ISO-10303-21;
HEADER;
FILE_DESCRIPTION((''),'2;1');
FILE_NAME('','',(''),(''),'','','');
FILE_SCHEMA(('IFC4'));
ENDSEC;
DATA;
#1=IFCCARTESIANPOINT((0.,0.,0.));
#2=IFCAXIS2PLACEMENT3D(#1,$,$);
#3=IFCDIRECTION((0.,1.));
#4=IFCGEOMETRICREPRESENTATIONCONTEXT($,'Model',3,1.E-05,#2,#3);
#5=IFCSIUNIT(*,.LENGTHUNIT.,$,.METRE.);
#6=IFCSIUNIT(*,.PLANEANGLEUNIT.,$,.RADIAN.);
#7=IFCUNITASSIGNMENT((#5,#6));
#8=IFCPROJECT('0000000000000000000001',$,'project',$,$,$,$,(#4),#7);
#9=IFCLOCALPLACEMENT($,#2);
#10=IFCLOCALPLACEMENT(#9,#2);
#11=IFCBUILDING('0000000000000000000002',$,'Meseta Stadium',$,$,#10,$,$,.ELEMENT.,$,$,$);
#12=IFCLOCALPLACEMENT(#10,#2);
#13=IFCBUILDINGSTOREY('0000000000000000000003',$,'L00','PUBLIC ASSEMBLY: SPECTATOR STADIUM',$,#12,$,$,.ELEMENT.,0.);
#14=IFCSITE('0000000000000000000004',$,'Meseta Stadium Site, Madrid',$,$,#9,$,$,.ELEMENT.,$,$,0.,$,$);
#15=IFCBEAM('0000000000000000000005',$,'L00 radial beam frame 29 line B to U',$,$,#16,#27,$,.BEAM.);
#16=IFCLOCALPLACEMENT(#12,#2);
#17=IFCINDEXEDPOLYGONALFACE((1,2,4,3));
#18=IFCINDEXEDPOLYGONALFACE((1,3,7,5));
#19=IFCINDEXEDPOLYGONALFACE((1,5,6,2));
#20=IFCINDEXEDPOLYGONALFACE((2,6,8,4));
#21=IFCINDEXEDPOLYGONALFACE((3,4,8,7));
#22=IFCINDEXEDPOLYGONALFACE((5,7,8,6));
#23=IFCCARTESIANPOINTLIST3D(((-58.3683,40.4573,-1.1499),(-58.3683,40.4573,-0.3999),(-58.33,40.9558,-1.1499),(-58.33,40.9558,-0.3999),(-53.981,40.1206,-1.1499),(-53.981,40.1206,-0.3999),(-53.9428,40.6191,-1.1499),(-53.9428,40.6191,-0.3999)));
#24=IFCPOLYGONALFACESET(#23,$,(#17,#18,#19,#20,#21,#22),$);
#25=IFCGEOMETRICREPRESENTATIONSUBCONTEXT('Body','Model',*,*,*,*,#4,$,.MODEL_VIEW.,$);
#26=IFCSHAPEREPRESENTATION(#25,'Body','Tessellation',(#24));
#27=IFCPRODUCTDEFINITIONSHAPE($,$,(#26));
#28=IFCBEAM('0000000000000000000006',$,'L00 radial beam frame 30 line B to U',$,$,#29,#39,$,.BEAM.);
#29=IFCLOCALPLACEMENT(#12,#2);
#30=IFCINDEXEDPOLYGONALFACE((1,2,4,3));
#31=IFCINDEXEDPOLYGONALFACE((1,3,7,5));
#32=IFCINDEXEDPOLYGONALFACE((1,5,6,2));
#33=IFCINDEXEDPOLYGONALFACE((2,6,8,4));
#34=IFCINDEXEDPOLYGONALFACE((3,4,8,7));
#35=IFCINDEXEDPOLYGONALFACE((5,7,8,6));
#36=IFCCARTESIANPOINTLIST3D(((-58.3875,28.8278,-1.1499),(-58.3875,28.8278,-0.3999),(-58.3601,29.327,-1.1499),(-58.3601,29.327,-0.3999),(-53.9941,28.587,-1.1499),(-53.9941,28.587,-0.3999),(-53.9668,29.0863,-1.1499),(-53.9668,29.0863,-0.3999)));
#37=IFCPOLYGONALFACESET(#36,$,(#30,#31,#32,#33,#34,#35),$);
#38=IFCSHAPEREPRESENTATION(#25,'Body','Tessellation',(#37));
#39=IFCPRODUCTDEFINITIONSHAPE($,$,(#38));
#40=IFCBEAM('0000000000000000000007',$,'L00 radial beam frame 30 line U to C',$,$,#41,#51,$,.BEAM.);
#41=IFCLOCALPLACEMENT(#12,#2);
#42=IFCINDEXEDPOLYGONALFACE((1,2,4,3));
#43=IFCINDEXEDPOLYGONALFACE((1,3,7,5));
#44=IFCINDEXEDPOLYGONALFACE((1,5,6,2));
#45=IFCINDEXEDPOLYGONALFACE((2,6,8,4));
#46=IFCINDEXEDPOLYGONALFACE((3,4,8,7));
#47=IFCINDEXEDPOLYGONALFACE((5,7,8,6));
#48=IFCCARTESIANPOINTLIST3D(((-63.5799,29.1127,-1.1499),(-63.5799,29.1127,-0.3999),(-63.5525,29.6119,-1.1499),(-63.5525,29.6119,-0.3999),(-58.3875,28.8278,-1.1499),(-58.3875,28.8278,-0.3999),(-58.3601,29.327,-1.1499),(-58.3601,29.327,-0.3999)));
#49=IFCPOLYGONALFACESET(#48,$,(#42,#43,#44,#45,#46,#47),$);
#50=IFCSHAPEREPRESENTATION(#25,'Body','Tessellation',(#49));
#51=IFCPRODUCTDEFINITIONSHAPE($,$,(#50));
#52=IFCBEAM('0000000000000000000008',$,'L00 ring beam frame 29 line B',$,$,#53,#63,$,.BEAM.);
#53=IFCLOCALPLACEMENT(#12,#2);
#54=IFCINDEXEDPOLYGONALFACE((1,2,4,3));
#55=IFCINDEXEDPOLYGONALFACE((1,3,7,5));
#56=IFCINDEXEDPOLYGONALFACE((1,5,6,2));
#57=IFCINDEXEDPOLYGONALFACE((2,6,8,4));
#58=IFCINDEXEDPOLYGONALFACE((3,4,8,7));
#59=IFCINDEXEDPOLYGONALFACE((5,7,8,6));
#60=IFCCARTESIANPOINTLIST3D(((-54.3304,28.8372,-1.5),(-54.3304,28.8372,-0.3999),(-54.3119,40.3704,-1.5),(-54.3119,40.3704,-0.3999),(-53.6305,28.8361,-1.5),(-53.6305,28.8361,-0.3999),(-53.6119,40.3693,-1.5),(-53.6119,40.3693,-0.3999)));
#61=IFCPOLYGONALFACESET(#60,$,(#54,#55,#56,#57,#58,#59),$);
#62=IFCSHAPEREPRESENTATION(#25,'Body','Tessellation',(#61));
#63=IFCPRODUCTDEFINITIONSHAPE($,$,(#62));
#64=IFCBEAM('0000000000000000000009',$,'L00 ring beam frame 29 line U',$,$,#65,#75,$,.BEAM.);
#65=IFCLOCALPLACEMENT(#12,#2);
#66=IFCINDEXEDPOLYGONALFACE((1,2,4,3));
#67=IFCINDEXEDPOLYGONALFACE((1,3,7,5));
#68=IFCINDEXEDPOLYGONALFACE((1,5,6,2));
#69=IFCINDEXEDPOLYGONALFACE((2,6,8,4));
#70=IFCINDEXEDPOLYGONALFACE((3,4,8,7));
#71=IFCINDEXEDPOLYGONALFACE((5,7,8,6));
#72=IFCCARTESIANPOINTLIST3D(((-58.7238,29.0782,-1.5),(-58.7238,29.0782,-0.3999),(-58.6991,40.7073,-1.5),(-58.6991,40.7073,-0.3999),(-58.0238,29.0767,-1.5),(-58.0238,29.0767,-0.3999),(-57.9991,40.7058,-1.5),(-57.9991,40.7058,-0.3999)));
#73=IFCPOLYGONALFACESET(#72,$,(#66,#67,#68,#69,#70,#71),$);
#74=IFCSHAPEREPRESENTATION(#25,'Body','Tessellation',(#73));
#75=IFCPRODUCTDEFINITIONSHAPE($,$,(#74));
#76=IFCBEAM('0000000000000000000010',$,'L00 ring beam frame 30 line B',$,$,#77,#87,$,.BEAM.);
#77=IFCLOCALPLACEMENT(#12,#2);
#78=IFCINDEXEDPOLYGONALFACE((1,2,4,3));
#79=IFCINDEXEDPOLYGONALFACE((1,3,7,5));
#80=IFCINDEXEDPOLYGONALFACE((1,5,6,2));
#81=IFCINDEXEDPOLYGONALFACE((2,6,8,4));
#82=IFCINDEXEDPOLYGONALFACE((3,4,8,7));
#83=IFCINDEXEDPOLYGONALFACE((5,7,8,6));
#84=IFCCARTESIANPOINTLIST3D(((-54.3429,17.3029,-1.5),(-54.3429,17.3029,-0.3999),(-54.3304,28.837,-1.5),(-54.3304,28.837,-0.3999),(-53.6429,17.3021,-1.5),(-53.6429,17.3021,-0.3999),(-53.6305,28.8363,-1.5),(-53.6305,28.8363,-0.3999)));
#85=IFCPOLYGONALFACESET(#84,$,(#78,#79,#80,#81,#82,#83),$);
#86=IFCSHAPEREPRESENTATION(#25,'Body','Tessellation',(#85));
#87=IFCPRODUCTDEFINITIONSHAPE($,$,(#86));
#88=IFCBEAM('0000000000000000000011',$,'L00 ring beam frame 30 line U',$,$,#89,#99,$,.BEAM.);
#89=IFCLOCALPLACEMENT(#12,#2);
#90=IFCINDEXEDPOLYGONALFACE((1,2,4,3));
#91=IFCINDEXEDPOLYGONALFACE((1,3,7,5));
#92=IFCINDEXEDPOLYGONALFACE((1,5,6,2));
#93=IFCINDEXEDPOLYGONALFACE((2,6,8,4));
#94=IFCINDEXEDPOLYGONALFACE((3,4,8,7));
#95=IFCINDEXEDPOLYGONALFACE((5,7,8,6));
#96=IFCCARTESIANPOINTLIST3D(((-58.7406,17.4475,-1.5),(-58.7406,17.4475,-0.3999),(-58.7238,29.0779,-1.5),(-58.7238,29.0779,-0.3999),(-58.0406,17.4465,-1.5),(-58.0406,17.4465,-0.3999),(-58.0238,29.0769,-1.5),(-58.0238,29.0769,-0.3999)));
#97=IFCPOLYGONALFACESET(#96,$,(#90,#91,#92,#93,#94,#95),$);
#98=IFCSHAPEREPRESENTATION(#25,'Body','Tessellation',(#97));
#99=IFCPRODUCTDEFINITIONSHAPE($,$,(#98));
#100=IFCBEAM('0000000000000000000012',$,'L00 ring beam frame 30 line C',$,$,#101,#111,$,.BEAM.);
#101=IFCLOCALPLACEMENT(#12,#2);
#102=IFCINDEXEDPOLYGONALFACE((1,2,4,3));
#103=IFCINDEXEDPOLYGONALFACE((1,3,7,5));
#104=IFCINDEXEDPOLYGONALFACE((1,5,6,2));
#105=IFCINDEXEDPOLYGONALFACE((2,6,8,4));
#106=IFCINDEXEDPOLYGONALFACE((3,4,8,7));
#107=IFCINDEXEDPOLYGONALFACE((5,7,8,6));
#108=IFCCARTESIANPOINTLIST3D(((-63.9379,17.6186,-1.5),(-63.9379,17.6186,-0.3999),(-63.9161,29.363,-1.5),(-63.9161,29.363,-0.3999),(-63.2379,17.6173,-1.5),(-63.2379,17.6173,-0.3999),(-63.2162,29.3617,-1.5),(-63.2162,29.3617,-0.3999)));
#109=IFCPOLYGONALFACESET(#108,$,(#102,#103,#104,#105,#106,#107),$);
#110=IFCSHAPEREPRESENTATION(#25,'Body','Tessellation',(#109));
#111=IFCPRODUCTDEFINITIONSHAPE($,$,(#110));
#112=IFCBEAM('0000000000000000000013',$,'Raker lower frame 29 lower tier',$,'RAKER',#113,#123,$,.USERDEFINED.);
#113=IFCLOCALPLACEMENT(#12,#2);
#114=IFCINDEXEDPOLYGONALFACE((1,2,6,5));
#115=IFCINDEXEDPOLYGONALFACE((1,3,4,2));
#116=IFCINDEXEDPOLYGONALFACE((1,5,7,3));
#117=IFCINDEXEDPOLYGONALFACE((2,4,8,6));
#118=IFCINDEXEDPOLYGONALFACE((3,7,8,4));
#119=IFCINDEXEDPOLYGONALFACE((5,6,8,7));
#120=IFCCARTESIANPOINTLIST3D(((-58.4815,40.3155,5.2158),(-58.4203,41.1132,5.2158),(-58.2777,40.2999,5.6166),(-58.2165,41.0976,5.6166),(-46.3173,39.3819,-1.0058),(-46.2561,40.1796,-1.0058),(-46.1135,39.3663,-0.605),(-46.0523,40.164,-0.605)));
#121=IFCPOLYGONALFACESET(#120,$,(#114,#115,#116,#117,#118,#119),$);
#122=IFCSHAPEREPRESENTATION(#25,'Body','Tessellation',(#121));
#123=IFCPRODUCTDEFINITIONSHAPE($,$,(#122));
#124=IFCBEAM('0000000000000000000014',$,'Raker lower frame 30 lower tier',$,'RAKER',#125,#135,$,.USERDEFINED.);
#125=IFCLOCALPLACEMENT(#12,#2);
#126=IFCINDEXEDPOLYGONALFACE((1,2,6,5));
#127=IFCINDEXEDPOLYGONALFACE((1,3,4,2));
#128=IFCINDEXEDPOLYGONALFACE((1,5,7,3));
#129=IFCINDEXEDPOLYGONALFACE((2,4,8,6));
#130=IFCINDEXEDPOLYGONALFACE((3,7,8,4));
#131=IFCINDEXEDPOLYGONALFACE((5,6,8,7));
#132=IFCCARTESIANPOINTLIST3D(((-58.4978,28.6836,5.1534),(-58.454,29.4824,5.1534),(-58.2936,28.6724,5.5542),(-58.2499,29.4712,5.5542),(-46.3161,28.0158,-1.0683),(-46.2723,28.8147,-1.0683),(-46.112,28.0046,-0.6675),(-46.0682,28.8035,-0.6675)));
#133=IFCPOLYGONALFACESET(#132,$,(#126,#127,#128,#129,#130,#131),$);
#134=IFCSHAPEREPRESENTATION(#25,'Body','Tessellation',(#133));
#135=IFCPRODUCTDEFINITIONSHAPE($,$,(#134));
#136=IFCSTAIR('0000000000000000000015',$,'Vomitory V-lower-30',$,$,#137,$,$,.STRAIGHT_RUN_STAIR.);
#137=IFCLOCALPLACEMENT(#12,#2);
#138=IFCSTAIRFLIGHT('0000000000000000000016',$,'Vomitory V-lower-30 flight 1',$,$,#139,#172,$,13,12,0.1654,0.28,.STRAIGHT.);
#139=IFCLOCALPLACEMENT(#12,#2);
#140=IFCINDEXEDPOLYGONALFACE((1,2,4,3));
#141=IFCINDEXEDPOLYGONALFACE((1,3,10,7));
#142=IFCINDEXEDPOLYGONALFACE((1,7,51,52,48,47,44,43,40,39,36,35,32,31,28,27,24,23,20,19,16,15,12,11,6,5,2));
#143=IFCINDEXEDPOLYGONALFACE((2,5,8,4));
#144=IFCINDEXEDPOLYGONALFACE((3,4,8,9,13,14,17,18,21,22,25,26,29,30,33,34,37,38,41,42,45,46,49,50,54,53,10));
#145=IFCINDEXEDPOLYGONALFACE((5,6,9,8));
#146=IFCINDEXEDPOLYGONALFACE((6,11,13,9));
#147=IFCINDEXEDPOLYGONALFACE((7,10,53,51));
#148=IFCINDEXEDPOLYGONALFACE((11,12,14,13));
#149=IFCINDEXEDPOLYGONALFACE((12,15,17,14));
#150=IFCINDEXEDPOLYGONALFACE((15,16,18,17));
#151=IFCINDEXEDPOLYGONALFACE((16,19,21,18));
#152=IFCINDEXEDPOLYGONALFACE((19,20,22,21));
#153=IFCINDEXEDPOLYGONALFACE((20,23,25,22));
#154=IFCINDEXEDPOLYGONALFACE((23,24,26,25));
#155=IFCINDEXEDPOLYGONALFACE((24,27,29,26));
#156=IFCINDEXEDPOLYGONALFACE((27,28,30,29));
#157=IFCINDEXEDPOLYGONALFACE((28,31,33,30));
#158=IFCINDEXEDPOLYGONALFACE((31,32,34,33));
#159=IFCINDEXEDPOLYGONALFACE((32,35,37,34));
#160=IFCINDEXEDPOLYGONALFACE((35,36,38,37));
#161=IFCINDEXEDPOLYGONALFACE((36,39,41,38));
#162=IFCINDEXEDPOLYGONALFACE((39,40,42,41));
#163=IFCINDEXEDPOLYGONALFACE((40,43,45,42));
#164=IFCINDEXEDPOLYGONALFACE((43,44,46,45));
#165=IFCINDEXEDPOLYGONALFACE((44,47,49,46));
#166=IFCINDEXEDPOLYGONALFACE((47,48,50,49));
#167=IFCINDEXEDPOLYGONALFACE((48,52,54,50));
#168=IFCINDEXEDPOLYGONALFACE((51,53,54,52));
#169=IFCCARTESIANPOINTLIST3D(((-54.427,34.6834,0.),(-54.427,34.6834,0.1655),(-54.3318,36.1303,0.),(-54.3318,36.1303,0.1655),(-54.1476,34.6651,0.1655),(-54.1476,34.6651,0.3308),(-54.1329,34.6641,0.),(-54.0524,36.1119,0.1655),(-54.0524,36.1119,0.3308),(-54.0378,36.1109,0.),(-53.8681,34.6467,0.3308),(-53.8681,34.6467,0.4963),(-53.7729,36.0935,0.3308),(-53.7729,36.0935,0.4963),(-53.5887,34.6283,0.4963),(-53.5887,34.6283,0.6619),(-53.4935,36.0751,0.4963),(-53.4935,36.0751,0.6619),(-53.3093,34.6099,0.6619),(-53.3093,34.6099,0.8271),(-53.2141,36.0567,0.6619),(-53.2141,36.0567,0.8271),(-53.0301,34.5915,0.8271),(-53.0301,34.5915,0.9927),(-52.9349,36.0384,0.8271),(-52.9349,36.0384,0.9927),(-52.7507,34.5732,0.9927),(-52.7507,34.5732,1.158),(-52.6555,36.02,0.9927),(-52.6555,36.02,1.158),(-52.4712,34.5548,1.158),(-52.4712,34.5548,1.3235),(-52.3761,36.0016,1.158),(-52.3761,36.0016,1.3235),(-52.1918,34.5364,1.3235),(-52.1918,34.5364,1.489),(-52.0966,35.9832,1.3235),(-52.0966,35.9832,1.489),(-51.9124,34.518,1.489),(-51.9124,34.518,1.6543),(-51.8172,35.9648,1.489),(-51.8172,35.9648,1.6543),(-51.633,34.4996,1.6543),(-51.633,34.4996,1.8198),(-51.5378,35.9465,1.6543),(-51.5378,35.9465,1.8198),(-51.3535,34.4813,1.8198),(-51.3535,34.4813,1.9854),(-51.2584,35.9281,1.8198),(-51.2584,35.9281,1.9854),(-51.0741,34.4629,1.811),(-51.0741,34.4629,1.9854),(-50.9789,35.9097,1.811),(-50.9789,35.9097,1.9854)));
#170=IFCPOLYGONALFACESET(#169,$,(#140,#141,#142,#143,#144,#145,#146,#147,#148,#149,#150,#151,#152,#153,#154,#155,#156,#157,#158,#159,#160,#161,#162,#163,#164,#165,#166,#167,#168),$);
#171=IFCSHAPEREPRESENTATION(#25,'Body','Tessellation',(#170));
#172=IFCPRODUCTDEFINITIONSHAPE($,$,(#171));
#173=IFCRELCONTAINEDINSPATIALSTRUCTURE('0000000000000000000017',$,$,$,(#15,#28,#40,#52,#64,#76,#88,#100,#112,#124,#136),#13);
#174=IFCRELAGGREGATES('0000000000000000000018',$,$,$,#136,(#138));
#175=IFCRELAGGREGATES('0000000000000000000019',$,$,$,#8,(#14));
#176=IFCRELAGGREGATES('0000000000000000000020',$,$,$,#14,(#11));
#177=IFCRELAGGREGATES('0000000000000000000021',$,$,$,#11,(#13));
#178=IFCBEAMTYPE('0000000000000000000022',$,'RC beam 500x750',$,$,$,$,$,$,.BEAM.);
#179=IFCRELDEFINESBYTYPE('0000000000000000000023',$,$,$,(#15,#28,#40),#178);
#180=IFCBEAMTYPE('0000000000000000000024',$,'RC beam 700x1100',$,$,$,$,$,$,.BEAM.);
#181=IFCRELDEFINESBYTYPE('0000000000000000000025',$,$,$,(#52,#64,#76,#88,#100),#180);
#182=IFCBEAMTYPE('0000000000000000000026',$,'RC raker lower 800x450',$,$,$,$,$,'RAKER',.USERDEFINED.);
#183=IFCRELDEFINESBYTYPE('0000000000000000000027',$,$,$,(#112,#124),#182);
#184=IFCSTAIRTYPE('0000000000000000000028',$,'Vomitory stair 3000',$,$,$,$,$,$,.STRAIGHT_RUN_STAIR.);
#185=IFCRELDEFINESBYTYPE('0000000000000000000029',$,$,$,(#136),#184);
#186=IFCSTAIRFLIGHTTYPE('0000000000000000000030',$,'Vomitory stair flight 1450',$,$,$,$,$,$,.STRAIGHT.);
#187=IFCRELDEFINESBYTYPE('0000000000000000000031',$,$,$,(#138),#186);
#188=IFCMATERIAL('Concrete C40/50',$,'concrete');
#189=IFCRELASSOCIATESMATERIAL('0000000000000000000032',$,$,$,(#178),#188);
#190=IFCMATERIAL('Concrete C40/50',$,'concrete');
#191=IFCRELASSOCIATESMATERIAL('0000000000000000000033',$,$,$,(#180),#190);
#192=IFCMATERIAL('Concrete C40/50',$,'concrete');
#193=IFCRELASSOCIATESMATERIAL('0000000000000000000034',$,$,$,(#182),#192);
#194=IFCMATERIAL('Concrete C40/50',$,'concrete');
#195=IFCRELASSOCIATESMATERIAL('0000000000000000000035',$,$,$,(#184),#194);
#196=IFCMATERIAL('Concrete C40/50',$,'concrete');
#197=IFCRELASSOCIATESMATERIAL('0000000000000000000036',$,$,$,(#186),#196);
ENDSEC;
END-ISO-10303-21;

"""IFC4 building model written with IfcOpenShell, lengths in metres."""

from ifc_helpers import new_model, si_unit, direction, frame, origin, origin_2d, place, context, subcontext, project, spatial, polyline, rectangle, outline, extrude, material, material_profile, profile_set, type_object, element, aggregate, save


model = new_model("IFC4")

# Units and contexts
model_context = context("Model", 3, precision=1e-05, world=origin(), true_north=direction((0.0, 1.0)))
body_context = subcontext(model_context, "Body", "Model", "MODEL_VIEW")
ifc_project = project(units=[si_unit("LENGTHUNIT", "METRE"), si_unit("PLANEANGLEUNIT", "RADIAN")], contexts=[model_context])

# Site, building, storey
site_placement = place(None, origin())
site = spatial("IfcSite", under=ifc_project, at=site_placement, Name="Meseta Stadium Site, Madrid", CompositionType="ELEMENT", RefElevation=0.0)
building_placement = place(site_placement, origin())
building = spatial("IfcBuilding", under=site, at=building_placement, Name="Meseta Stadium", CompositionType="ELEMENT")
storey_placement = place(building_placement, origin())
storey = spatial("IfcBuildingStorey", under=building, at=storey_placement, Name="L00", Description="PUBLIC ASSEMBLY: SPECTATOR STADIUM", CompositionType="ELEMENT", Elevation=0.0)

# Beams
ifc_material_1 = material(Name="Concrete C40/50", Category="concrete")
ifc_material_profile_1 = material_profile(ifc_material_1, rectangle(XDim=0.5, YDim=0.75, at=origin_2d()), Name="RC 500x750")
ifc_profile_set_1 = profile_set([ifc_material_profile_1], Name="Concrete C40/50")
beam_type_1 = type_object("IfcBeamType", Name="RC beam 500x750", PredefinedType="BEAM", material=ifc_profile_set_1)
beam_1_placement = place(storey_placement, frame((-53.9619, 40.3699, -0.7749), z_axis=(-0.997069, 0.076514, 0.0), x_axis=(-0.076514, -0.997069, 0.0)))
element("IfcBeam", 1, at=beam_1_placement, inside=storey, type_object=beam_type_1, Name="L00 radial beam frame 29 line B to U", PredefinedType="BEAM", context=body_context, shape_type="SweptSolid", body=[
    extrude(rectangle(XDim=0.5, YDim=0.75, at=origin_2d()), origin(), (0.0, 0.0, 1.0), 4.4001),
])
beam_2_placement = place(storey_placement, frame((-53.9805, 28.8367, -0.7749), z_axis=(-0.998502, 0.054711, 0.0), x_axis=(-0.054711, -0.998502, 0.0)))
element("IfcBeam", 2, at=beam_2_placement, inside=storey, type_object=beam_type_1, Name="L00 radial beam frame 30 line B to U", PredefinedType="BEAM", context=body_context, shape_type="SweptSolid", body=[
    extrude(rectangle(XDim=0.5, YDim=0.75, at=origin_2d()), origin(), (0.0, 0.0, 1.0), 4.3999),
])
beam_3_placement = place(storey_placement, frame((-58.3738, 29.0774, -0.7749), z_axis=(-0.998498, 0.054789, 0.0), x_axis=(-0.054789, -0.998498, 0.0)))
element("IfcBeam", 3, at=beam_3_placement, inside=storey, type_object=beam_type_1, Name="L00 radial beam frame 30 line U to C", PredefinedType="BEAM", context=body_context, shape_type="SweptSolid", body=[
    extrude(rectangle(XDim=0.5, YDim=0.75, at=origin_2d()), origin(), (0.0, 0.0, 1.0), 5.2002),
])
ifc_material_2 = material(Name="Concrete C40/50", Category="concrete")
ifc_material_profile_2 = material_profile(ifc_material_2, rectangle(XDim=0.7, YDim=1.1001, at=origin_2d()), Name="RC 700x1100")
ifc_profile_set_2 = profile_set([ifc_material_profile_2], Name="Concrete C40/50")
beam_type_2 = type_object("IfcBeamType", Name="RC beam 700x1100", PredefinedType="BEAM", material=ifc_profile_set_2)
beam_4_placement = place(storey_placement, frame((-53.9619, 40.3699, -0.95), z_axis=(-0.001609, -0.999999, 0.0), x_axis=(0.999999, -0.001609, 0.0)))
element("IfcBeam", 4, at=beam_4_placement, inside=storey, type_object=beam_type_2, Name="L00 ring beam frame 29 line B", PredefinedType="BEAM", context=body_context, shape_type="SweptSolid", body=[
    extrude(rectangle(XDim=0.7, YDim=1.1001, at=origin_2d()), origin(), (0.0, 0.0, 1.0), 11.5332),
])
beam_5_placement = place(storey_placement, frame((-58.3491, 40.7065, -0.95), z_axis=(-0.00212, -0.999998, 0.0), x_axis=(0.999998, -0.00212, 0.0)))
element("IfcBeam", 5, at=beam_5_placement, inside=storey, type_object=beam_type_2, Name="L00 ring beam frame 29 line U", PredefinedType="BEAM", context=body_context, shape_type="SweptSolid", body=[
    extrude(rectangle(XDim=0.7, YDim=1.1001, at=origin_2d()), origin(), (0.0, 0.0, 1.0), 11.6292),
])
beam_6_placement = place(storey_placement, frame((-53.9805, 28.8367, -0.95), z_axis=(-0.00108, -0.999999, 0.0), x_axis=(0.999999, -0.00108, 0.0)))
element("IfcBeam", 6, at=beam_6_placement, inside=storey, type_object=beam_type_2, Name="L00 ring beam frame 30 line B", PredefinedType="BEAM", context=body_context, shape_type="SweptSolid", body=[
    extrude(rectangle(XDim=0.7, YDim=1.1001, at=origin_2d()), origin(), (0.0, 0.0, 1.0), 11.5342),
])
beam_7_placement = place(storey_placement, frame((-58.3738, 29.0774, -0.95), z_axis=(-0.001448, -0.999999, 0.0), x_axis=(0.999999, -0.001448, 0.0)))
element("IfcBeam", 7, at=beam_7_placement, inside=storey, type_object=beam_type_2, Name="L00 ring beam frame 30 line U", PredefinedType="BEAM", context=body_context, shape_type="SweptSolid", body=[
    extrude(rectangle(XDim=0.7, YDim=1.1001, at=origin_2d()), origin(), (0.0, 0.0, 1.0), 11.6304),
])
beam_8_placement = place(storey_placement, frame((-63.5662, 29.3623, -0.95), z_axis=(-0.00185, -0.999998, 0.0), x_axis=(0.999998, -0.00185, 0.0)))
element("IfcBeam", 8, at=beam_8_placement, inside=storey, type_object=beam_type_2, Name="L00 ring beam frame 30 line C", PredefinedType="BEAM", context=body_context, shape_type="SweptSolid", body=[
    extrude(rectangle(XDim=0.7, YDim=1.1001, at=origin_2d()), origin(), (0.0, 0.0, 1.0), 11.7444),
])
ifc_material_3 = material(Name="Concrete C40/50", Category="concrete")
ifc_material_profile_3 = material_profile(ifc_material_3, rectangle(XDim=0.8, YDim=0.45, at=origin_2d()), Name="RC 800x450")
ifc_profile_set_3 = profile_set([ifc_material_profile_3], Name="Concrete C40/50")
beam_type_3 = type_object("IfcBeamType", Name="RC raker lower 800x450", ElementType="RAKER", PredefinedType="USERDEFINED", material=ifc_profile_set_3)
for number, where, z_axis, x_axis, name in (
    (9, (-46.1848, 39.7729, -0.8054), (-0.888234, 0.068171, 0.454305), (-0.076524, -0.997068, 0.0), "Raker lower frame 29 lower tier"),
    (10, (-46.1921, 28.4097, -0.8679), (-0.889509, 0.048758, 0.45431), (-0.054732, -0.998501, 0.0), "Raker lower frame 30 lower tier"),
):
    element("IfcBeam", number, at=place(storey_placement, frame(where, z_axis=z_axis, x_axis=x_axis)), inside=storey, type_object=beam_type_3, Name=name, ObjectType="RAKER", PredefinedType="USERDEFINED", context=body_context, shape_type="SweptSolid", body=[
        extrude(rectangle(XDim=0.8, YDim=0.45, at=origin_2d()), origin(), (0.0, 0.0, 1.0), 13.6948),
    ])

# Stair, stair flight
ifc_material_4 = material(Name="Concrete C40/50", Category="concrete")
stair_type = type_object("IfcStairType", Name="Vomitory stair 3000", PredefinedType="STRAIGHT_RUN_STAIR", material=ifc_material_4)
stair_1_placement = place(storey_placement, origin())
stair_1 = element("IfcStair", 11, at=stair_1_placement, inside=storey, type_object=stair_type, Name="Vomitory V-lower-30", PredefinedType="STRAIGHT_RUN_STAIR")
ifc_material_5 = material(Name="Concrete C40/50", Category="concrete")
stair_flight_type = type_object("IfcStairFlightType", Name="Vomitory stair flight 1450", PredefinedType="STRAIGHT", material=ifc_material_5)
stair_flight_1_placement = place(storey_placement, frame((-54.3794, 35.4067, 0.0), z_axis=(0.0, 0.0, 1.0), x_axis=(0.997843, -0.065647, 0.0)))
stair_flight_1 = element("IfcStairFlight", 12, at=stair_flight_1_placement, type_object=stair_flight_type, Name="Vomitory V-lower-30 flight 1", NumberOfRisers=13, NumberOfTreads=12, PredefinedType="STRAIGHT", RiserHeight=0.1654, TreadLength=0.28, context=body_context, shape_type="SweptSolid", body=[
    extrude(outline(polyline([(0.0, 0.0), (0.0, 0.1655), (0.28, 0.1655), (0.28, 0.3308), (0.5601, 0.3308), (0.5601, 0.4963), (0.8401, 0.4963), (0.8401, 0.6619), (1.1201, 0.6619), (1.1201, 0.8271), (1.3999, 0.8271), (1.3999, 0.9927), (1.6799, 0.9927), (1.6799, 1.158), (1.96, 1.158), (1.96, 1.3235), (2.24, 1.3235), (2.24, 1.489), (2.52, 1.489), (2.52, 1.6543), (2.8, 1.6543), (2.8, 1.8198), (3.0801, 1.8198), (3.0801, 1.9854), (3.3601, 1.9854), (3.3601, 1.811), (0.2947, 0.0), (0.0, 0.0)])), frame((0.0, 0.7251, 0.0), z_axis=(0.0, -1.0, 0.0), x_axis=(1.0, 0.0, 0.0)), (0.0, 0.0, 1.0), 1.45),
])
aggregate(stair_1, [stair_flight_1])

save(model, "model.ifc")
